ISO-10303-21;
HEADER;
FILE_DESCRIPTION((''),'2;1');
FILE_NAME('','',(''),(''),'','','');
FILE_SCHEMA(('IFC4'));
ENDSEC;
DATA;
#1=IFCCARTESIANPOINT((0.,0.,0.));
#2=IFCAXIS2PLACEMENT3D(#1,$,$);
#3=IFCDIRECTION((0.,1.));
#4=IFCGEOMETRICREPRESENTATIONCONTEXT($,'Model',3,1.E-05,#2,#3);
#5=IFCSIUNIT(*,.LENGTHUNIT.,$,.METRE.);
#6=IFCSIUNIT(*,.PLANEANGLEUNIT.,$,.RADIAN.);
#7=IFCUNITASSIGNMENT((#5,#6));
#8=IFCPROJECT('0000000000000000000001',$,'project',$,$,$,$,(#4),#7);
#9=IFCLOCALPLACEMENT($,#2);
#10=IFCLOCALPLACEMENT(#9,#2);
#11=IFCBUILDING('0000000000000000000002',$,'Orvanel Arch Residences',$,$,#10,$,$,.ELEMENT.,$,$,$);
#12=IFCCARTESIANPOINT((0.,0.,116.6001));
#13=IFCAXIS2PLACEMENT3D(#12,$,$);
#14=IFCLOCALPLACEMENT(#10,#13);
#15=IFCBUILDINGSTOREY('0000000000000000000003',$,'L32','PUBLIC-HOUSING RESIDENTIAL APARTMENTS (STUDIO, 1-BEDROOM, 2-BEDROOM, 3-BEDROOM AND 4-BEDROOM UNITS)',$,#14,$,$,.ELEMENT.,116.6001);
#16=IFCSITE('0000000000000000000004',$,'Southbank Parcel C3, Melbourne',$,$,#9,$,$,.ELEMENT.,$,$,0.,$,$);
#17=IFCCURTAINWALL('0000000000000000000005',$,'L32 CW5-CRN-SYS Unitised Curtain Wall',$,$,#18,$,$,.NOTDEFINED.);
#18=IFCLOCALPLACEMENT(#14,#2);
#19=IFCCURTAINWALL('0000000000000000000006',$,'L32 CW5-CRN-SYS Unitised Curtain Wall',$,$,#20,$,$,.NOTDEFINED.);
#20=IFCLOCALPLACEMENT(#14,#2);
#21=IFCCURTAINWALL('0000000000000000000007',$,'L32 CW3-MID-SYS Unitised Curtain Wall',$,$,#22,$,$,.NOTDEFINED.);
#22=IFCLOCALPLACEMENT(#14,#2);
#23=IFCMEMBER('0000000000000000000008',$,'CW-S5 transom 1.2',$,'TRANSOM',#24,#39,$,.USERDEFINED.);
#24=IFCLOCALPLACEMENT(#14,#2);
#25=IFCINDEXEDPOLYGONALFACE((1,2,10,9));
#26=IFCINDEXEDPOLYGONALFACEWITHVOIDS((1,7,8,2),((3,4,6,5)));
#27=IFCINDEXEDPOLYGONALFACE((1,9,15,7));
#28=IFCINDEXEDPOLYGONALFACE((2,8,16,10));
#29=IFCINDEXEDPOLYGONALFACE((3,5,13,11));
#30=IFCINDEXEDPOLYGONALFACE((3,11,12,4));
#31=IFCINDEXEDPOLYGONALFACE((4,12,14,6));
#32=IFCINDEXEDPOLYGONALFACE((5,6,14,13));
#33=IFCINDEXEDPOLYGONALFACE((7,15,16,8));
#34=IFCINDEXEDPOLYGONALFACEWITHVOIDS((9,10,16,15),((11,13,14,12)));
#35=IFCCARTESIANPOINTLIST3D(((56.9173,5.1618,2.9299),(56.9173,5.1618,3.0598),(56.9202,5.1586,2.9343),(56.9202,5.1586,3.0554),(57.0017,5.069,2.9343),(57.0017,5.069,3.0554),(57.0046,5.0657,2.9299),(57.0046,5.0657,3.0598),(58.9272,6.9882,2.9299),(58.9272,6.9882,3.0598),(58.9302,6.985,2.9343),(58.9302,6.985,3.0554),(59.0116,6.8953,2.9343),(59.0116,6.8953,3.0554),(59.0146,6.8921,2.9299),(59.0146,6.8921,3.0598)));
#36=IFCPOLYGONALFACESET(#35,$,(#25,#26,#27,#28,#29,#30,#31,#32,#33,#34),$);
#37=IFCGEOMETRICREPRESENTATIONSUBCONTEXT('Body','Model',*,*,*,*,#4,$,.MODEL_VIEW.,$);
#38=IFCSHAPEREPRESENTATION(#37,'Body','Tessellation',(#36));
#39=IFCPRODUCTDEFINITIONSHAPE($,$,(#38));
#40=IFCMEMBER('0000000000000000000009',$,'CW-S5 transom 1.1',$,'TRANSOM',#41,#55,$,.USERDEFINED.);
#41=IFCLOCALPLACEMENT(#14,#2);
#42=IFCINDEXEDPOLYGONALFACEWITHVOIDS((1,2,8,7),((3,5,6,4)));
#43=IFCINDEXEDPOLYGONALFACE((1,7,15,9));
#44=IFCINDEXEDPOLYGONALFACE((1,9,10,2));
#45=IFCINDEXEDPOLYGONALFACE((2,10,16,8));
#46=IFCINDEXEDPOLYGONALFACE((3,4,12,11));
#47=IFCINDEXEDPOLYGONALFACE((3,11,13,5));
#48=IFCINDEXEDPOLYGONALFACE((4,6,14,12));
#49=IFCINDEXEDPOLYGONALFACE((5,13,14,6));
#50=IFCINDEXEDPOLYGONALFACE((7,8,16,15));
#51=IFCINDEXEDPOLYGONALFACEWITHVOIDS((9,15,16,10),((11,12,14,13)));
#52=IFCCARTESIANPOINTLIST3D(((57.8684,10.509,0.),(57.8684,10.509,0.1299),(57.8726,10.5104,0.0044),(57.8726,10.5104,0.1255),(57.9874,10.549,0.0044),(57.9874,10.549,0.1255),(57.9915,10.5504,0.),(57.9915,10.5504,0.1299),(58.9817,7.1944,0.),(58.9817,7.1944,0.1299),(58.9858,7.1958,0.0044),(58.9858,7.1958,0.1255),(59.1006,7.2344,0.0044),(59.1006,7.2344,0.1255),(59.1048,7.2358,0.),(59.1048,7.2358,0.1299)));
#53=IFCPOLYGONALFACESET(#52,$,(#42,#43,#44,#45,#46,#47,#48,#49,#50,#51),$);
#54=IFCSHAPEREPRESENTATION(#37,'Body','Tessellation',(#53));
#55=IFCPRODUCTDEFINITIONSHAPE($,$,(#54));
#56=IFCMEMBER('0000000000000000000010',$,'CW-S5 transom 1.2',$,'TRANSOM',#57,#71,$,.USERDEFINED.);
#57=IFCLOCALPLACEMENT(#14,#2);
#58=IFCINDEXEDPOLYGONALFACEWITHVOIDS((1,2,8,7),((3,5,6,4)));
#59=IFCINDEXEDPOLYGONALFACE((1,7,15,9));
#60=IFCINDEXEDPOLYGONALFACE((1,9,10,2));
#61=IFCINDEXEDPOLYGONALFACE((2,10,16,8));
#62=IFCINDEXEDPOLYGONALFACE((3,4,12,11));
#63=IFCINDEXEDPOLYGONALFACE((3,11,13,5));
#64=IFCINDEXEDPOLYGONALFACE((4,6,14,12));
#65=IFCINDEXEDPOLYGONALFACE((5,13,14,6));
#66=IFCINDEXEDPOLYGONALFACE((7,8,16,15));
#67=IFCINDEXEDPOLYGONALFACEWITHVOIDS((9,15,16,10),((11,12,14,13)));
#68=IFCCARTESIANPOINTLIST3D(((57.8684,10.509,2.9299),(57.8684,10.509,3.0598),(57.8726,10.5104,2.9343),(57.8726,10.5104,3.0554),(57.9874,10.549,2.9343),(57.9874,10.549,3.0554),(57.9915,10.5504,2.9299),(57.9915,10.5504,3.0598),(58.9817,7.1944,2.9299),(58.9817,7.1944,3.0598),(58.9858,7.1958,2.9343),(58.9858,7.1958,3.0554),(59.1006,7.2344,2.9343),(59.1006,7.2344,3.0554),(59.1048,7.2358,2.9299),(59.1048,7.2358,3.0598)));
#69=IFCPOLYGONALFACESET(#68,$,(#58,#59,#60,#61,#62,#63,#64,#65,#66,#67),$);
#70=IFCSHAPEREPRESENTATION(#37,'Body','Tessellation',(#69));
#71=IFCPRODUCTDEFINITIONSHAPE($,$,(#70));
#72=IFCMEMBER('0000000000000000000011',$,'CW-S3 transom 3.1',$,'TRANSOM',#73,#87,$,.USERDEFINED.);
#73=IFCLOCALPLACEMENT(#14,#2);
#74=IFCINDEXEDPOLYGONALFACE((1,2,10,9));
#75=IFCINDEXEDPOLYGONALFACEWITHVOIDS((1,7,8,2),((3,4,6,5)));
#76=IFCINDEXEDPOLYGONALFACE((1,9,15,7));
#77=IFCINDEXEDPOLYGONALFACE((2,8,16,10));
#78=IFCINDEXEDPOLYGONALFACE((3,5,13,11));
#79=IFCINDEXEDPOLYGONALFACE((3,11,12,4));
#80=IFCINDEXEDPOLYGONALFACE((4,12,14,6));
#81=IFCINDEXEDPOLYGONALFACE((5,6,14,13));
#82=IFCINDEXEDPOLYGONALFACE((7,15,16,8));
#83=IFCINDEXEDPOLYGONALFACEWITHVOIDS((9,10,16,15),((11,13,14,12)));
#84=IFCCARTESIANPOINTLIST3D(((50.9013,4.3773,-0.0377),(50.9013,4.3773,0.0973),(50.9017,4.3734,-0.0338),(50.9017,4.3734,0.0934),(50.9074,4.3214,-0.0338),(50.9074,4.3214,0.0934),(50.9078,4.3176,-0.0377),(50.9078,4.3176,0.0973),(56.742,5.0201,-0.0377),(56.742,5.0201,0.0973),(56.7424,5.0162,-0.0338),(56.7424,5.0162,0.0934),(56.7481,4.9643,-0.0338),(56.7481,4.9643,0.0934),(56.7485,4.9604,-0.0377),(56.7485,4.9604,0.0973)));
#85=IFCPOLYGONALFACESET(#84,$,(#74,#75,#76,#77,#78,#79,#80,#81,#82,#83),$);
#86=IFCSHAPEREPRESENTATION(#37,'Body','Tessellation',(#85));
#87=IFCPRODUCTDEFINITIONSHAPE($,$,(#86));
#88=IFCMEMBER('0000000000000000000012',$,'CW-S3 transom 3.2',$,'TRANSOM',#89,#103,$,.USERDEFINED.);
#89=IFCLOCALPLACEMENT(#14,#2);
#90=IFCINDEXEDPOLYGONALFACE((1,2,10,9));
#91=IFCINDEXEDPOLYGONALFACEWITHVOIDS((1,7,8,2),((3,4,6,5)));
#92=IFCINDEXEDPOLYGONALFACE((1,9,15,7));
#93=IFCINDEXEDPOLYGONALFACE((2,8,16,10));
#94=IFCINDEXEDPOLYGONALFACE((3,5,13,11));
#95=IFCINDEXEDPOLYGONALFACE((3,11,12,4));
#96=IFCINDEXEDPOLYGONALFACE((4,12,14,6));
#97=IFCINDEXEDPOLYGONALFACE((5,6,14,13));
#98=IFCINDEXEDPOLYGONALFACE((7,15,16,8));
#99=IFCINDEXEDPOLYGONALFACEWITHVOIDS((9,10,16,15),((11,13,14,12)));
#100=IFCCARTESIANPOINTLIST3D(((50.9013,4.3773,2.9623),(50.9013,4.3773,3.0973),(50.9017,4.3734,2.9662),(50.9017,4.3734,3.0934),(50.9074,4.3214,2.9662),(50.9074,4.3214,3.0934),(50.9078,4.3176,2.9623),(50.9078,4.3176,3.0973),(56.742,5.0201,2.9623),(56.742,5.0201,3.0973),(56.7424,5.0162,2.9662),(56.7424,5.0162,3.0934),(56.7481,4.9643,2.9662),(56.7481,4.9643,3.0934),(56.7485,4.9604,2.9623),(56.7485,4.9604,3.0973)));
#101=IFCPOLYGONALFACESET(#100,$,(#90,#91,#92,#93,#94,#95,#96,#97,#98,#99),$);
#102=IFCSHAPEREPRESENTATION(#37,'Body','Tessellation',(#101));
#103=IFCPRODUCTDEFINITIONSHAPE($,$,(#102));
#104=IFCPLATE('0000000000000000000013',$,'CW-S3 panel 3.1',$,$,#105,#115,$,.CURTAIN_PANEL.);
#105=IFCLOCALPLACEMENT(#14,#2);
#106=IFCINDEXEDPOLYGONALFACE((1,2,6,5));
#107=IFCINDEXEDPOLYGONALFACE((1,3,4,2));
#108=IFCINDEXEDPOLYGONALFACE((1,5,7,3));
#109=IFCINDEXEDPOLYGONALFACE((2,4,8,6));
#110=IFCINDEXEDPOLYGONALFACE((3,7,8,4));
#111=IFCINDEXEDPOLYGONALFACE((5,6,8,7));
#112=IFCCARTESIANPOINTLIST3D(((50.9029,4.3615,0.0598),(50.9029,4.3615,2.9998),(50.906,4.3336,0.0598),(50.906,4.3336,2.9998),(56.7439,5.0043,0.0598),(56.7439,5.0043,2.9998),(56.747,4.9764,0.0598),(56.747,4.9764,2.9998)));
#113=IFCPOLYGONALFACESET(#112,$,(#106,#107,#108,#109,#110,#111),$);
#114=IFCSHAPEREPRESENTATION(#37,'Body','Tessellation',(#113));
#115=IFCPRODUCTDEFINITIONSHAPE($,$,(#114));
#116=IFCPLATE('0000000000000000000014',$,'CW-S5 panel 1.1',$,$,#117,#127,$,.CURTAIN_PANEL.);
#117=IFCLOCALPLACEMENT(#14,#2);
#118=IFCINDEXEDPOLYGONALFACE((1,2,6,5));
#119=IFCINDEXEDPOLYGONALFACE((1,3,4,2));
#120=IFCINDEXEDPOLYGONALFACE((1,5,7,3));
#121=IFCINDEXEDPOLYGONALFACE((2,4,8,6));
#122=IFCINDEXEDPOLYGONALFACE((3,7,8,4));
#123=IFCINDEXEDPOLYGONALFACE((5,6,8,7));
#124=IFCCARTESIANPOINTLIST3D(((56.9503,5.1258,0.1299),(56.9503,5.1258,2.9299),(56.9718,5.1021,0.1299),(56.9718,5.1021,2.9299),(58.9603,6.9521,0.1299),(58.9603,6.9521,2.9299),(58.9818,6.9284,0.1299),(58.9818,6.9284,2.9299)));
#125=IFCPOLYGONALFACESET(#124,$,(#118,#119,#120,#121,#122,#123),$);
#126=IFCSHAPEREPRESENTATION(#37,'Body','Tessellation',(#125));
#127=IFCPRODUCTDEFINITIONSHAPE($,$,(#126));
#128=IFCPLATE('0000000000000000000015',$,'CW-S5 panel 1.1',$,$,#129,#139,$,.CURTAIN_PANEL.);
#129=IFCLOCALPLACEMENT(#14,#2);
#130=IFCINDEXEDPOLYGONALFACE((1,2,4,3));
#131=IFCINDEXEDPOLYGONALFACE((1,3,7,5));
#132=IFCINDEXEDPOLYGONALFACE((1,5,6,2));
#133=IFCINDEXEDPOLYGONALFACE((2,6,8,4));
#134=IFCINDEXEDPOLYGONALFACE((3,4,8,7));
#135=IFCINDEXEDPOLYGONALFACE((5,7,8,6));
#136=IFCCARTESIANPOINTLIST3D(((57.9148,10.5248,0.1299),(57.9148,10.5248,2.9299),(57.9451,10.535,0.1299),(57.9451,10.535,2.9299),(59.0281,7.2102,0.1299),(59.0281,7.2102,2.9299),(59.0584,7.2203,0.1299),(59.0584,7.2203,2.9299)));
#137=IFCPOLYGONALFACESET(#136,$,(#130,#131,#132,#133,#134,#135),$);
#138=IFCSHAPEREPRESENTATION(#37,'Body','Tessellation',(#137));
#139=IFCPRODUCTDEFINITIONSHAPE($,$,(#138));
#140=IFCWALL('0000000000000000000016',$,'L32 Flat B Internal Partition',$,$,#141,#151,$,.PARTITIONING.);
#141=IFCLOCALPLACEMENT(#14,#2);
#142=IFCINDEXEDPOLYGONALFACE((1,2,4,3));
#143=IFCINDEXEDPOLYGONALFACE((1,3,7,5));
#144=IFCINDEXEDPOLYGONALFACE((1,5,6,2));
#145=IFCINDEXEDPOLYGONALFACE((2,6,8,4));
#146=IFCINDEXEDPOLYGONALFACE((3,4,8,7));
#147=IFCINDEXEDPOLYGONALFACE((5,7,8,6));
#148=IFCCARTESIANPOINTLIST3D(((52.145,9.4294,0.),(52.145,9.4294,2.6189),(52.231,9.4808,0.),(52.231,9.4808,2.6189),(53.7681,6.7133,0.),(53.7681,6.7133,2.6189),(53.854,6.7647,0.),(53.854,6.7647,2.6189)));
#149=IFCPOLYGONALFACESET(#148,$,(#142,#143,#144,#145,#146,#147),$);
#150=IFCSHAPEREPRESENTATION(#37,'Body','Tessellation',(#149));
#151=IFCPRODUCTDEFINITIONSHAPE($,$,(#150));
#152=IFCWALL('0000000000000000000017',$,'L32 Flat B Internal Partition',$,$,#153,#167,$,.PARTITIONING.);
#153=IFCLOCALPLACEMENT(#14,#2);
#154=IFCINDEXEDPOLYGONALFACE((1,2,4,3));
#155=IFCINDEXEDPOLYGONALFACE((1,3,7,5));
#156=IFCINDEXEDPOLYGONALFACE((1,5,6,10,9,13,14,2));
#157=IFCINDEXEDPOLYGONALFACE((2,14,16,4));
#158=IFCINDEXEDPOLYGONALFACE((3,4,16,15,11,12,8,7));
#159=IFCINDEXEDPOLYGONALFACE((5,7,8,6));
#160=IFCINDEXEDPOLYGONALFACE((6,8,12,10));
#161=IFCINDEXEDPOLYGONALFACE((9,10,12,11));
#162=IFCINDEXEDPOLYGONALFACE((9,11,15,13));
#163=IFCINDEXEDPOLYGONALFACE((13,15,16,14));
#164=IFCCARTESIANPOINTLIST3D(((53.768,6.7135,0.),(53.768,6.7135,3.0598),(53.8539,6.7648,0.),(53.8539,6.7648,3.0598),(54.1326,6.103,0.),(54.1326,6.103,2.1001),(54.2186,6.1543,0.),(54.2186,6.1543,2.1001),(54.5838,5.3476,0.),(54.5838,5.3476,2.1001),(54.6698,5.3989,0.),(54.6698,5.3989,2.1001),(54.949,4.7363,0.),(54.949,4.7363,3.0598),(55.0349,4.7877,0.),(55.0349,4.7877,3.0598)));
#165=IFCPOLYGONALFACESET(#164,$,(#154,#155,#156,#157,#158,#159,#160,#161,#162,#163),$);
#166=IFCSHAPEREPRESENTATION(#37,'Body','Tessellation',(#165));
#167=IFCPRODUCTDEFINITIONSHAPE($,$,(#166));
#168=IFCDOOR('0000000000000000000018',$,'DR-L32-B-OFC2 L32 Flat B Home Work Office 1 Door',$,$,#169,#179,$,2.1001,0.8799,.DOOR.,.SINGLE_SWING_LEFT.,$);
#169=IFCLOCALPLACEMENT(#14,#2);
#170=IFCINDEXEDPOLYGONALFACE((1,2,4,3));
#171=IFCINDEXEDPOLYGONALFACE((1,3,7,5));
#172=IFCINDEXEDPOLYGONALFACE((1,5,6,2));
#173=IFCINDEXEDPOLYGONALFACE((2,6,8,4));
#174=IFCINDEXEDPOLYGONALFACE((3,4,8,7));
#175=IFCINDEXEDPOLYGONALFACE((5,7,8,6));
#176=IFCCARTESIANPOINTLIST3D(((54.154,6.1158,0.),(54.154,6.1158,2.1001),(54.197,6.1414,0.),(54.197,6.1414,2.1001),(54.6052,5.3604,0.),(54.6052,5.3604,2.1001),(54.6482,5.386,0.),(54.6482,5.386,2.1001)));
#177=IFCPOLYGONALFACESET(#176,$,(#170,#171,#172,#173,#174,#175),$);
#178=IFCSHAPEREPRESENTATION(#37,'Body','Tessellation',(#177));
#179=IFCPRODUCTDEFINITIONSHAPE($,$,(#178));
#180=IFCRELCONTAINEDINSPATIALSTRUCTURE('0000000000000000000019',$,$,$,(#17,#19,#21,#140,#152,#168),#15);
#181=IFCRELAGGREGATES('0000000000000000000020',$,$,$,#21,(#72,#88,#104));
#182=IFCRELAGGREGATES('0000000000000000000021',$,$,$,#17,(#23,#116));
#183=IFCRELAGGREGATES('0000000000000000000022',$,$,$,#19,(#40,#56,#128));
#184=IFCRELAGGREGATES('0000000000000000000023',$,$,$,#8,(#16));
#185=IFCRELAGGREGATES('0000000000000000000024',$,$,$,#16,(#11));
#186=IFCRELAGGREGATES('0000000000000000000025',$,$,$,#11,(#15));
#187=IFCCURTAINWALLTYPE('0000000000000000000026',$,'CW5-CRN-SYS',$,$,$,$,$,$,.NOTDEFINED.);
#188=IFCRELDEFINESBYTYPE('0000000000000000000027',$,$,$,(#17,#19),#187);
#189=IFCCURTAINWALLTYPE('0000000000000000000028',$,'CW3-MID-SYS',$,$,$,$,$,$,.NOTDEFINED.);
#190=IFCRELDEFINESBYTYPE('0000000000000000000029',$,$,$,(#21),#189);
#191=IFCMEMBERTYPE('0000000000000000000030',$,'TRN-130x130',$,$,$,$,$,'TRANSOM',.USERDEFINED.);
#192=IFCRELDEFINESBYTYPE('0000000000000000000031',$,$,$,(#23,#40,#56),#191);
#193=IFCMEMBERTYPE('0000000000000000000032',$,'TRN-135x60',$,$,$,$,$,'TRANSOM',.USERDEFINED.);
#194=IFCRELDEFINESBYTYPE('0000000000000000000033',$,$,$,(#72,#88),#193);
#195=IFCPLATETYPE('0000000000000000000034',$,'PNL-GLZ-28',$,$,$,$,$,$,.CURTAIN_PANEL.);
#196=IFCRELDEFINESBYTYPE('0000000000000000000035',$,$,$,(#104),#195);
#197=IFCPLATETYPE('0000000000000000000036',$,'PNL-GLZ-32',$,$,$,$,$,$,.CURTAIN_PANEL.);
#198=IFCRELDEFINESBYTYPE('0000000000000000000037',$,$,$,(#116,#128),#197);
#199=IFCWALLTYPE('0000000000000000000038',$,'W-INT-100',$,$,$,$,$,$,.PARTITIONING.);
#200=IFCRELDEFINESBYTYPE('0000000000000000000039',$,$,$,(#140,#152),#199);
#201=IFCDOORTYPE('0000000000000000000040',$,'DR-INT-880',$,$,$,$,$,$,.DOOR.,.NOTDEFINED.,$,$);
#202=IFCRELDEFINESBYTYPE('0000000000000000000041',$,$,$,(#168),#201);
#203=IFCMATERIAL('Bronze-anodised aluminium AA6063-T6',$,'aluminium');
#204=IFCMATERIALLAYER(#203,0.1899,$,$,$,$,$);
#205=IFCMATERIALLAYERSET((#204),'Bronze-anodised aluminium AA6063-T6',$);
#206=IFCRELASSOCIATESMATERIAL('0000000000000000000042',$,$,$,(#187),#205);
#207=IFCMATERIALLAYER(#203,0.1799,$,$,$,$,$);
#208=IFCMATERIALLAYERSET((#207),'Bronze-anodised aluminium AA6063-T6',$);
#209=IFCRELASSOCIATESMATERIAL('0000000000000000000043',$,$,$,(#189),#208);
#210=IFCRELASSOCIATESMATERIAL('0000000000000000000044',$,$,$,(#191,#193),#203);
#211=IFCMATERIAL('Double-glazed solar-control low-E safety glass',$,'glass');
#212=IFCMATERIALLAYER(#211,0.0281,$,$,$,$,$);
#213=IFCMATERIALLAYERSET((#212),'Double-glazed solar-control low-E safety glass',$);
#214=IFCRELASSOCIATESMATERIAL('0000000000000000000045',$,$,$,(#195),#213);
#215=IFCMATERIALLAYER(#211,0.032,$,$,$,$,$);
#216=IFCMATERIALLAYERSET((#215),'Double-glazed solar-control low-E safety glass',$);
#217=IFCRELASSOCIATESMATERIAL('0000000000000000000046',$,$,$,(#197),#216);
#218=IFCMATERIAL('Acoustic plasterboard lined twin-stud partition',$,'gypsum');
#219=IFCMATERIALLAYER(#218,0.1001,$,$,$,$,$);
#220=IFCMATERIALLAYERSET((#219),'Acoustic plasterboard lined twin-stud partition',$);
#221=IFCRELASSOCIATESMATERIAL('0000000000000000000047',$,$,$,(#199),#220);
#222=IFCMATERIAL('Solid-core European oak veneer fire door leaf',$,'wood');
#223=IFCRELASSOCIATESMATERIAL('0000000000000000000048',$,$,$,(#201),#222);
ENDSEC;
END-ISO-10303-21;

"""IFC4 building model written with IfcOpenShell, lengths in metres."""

from ifc_helpers import new_model, si_unit, direction, frame, frame_2d, origin, origin_2d, place, context, subcontext, project, spatial, rectangle, hollow_rectangle, extrude, material, layer, layer_set, material_profile, profile_set, type_object, element, fill, aggregate, save


model = new_model("IFC4")

# Units and contexts
model_context = context("Model", 3, precision=1e-05, world=origin(), true_north=direction((0.0, 1.0)))
body_context = subcontext(model_context, "Body", "Model", "MODEL_VIEW")
ifc_project = project(units=[si_unit("LENGTHUNIT", "METRE"), si_unit("PLANEANGLEUNIT", "RADIAN")], contexts=[model_context])

# Site, building, storey
site_placement = place(None, origin())
site = spatial("IfcSite", under=ifc_project, at=site_placement, Name="Southbank Parcel C3, Melbourne", CompositionType="ELEMENT", RefElevation=0.0)
building_placement = place(site_placement, origin())
building = spatial("IfcBuilding", under=site, at=building_placement, Name="Orvanel Arch Residences", CompositionType="ELEMENT")
storey_placement = place(building_placement, frame((0.0, 0.0, 116.6001)))
storey = spatial("IfcBuildingStorey", under=building, at=storey_placement, Name="L32", Description="PUBLIC-HOUSING RESIDENTIAL APARTMENTS (STUDIO, 1-BEDROOM, 2-BEDROOM, 3-BEDROOM AND 4-BEDROOM UNITS)", CompositionType="ELEMENT", Elevation=116.6001)

# Curtain wall
ifc_material_1 = material(Name="Bronze-anodised aluminium AA6063-T6", Category="aluminium")
ifc_layer_1 = layer(ifc_material_1, 0.1899)
ifc_layer_set_1 = layer_set([ifc_layer_1], Name="Bronze-anodised aluminium AA6063-T6")
curtain_wall_type_1 = type_object("IfcCurtainWallType", Name="CW5-CRN-SYS", PredefinedType="NOTDEFINED", material=ifc_layer_set_1)
curtain_wall_1_placement = place(storey_placement, origin())
curtain_wall_1 = element("IfcCurtainWall", 1, at=curtain_wall_1_placement, inside=storey, type_object=curtain_wall_type_1, Name="L32 CW5-CRN-SYS Unitised Curtain Wall", PredefinedType="NOTDEFINED")

# Curtain walls
curtain_wall_2_placement = place(storey_placement, origin())
curtain_wall_2 = element("IfcCurtainWall", 2, at=curtain_wall_2_placement, inside=storey, type_object=curtain_wall_type_1, Name="L32 CW5-CRN-SYS Unitised Curtain Wall", PredefinedType="NOTDEFINED")
ifc_layer_2 = layer(ifc_material_1, 0.1799)
ifc_layer_set_2 = layer_set([ifc_layer_2], Name="Bronze-anodised aluminium AA6063-T6")
curtain_wall_type_2 = type_object("IfcCurtainWallType", Name="CW3-MID-SYS", PredefinedType="NOTDEFINED", material=ifc_layer_set_2)
curtain_wall_3_placement = place(storey_placement, origin())
curtain_wall_3 = element("IfcCurtainWall", 3, at=curtain_wall_3_placement, inside=storey, type_object=curtain_wall_type_2, Name="L32 CW3-MID-SYS Unitised Curtain Wall", PredefinedType="NOTDEFINED")

# Members
ifc_material_profile_1 = material_profile(ifc_material_1, hollow_rectangle(XDim=0.1299, YDim=0.1299, WallThickness=0.0044, at=origin_2d()), Name="ALU130x130x4.5")
ifc_profile_set_1 = profile_set([ifc_material_profile_1], Name="Bronze-anodised aluminium AA6063-T6")
member_type_1 = type_object("IfcMemberType", Name="TRN-130x130", ElementType="TRANSOM", PredefinedType="USERDEFINED", material=ifc_profile_set_1)
member_1_placement = place(storey_placement, frame((56.9609, 5.1138, 2.9949), z_axis=(0.740099, 0.672498, 0.0), x_axis=(-0.672498, 0.740099, 0.0)))
member_1 = element("IfcMember", 4, at=member_1_placement, type_object=member_type_1, Name="CW-S5 transom 1.2", ObjectType="TRANSOM", PredefinedType="USERDEFINED", context=body_context, shape_type="SweptSolid", body=[
    extrude(hollow_rectangle(XDim=0.1299, YDim=0.1299, WallThickness=0.0044, at=origin_2d()), origin(), (0.0, 0.0, 1.0), 2.7158),
])
member_2_placement = place(storey_placement, frame((59.0432, 7.2151, 0.0649), z_axis=(-0.318384, 0.947962, 0.0), x_axis=(-0.947962, -0.318384, 0.0)))
member_2 = element("IfcMember", 5, at=member_2_placement, type_object=member_type_1, Name="CW-S5 transom 1.1", ObjectType="TRANSOM", PredefinedType="USERDEFINED", context=body_context, shape_type="SweptSolid", body=[
    extrude(hollow_rectangle(XDim=0.1299, YDim=0.1299, WallThickness=0.0044, at=origin_2d()), origin(), (0.0, 0.0, 1.0), 3.4966),
])
member_3_placement = place(storey_placement, frame((59.0432, 7.2151, 2.9949), z_axis=(-0.318384, 0.947962, 0.0), x_axis=(-0.947962, -0.318384, 0.0)))
member_3 = element("IfcMember", 6, at=member_3_placement, type_object=member_type_1, Name="CW-S5 transom 1.2", ObjectType="TRANSOM", PredefinedType="USERDEFINED", context=body_context, shape_type="SweptSolid", body=[
    extrude(hollow_rectangle(XDim=0.1299, YDim=0.1299, WallThickness=0.0044, at=origin_2d()), origin(), (0.0, 0.0, 1.0), 3.4966),
])
ifc_material_profile_2 = material_profile(ifc_material_1, hollow_rectangle(XDim=0.0601, YDim=0.135, WallThickness=0.0039, at=origin_2d()), Name="ALU135x60x4")
ifc_profile_set_2 = profile_set([ifc_material_profile_2], Name="Bronze-anodised aluminium AA6063-T6")
member_type_2 = type_object("IfcMemberType", Name="TRN-135x60", ElementType="TRANSOM", PredefinedType="USERDEFINED", material=ifc_profile_set_2)
member_4_placement = place(storey_placement, frame((50.9045, 4.3474, 0.0298), z_axis=(0.993998, 0.109396, 0.0), x_axis=(-0.109396, 0.993998, 0.0)))
member_4 = element("IfcMember", 7, at=member_4_placement, type_object=member_type_2, Name="CW-S3 transom 3.1", ObjectType="TRANSOM", PredefinedType="USERDEFINED", context=body_context, shape_type="SweptSolid", body=[
    extrude(hollow_rectangle(XDim=0.0601, YDim=0.135, WallThickness=0.0039, at=origin_2d()), origin(), (0.0, 0.0, 1.0), 5.876),
])
member_5_placement = place(storey_placement, frame((50.9045, 4.3474, 3.0298), z_axis=(0.993998, 0.109396, 0.0), x_axis=(-0.109396, 0.993998, 0.0)))
member_5 = element("IfcMember", 8, at=member_5_placement, type_object=member_type_2, Name="CW-S3 transom 3.2", ObjectType="TRANSOM", PredefinedType="USERDEFINED", context=body_context, shape_type="SweptSolid", body=[
    extrude(hollow_rectangle(XDim=0.0601, YDim=0.135, WallThickness=0.0039, at=origin_2d()), origin(), (0.0, 0.0, 1.0), 5.876),
])

# Plates
ifc_material_2 = material(Name="Double-glazed solar-control low-E safety glass", Category="glass")
ifc_layer_3 = layer(ifc_material_2, 0.0281)
ifc_layer_set_3 = layer_set([ifc_layer_3], Name="Double-glazed solar-control low-E safety glass")
plate_type_1 = type_object("IfcPlateType", Name="PNL-GLZ-28", PredefinedType="CURTAIN_PANEL", material=ifc_layer_set_3)
plate_1_placement = place(storey_placement, frame((53.825, 4.6689, 0.0598), z_axis=(0.0, 0.0, 1.0), x_axis=(0.993998, 0.109398, 0.0)))
plate_1 = element("IfcPlate", 9, at=plate_1_placement, type_object=plate_type_1, Name="CW-S3 panel 3.1", PredefinedType="CURTAIN_PANEL", context=body_context, shape_type="SweptSolid", body=[
    extrude(rectangle(XDim=5.8762, YDim=0.0281, at=origin_2d()), origin(), (0.0, 0.0, 1.0), 2.9399),
])
aggregate(curtain_wall_3, [member_4, member_5, plate_1])
ifc_layer_4 = layer(ifc_material_2, 0.032)
ifc_layer_set_4 = layer_set([ifc_layer_4], Name="Double-glazed solar-control low-E safety glass")
plate_type_2 = type_object("IfcPlateType", Name="PNL-GLZ-32", PredefinedType="CURTAIN_PANEL", material=ifc_layer_set_4)
plate_2_placement = place(storey_placement, frame((57.9661, 6.0271, 0.1299), z_axis=(0.0, 0.0, 1.0), x_axis=(0.74012, 0.672475, 0.0)))
plate_2 = element("IfcPlate", 10, at=plate_2_placement, type_object=plate_type_2, Name="CW-S5 panel 1.1", PredefinedType="CURTAIN_PANEL", context=body_context, shape_type="SweptSolid", body=[
    extrude(rectangle(XDim=2.7158, YDim=0.032, at=origin_2d()), origin(), (0.0, 0.0, 1.0), 2.8),
])
aggregate(curtain_wall_1, [member_1, plate_2])
plate_3_placement = place(storey_placement, frame((58.4866, 8.8726, 0.1299), z_axis=(0.0, 0.0, 1.0), x_axis=(-0.318403, 0.947955, 0.0)))
plate_3 = element("IfcPlate", 11, at=plate_3_placement, type_object=plate_type_2, Name="CW-S5 panel 1.1", PredefinedType="CURTAIN_PANEL", context=body_context, shape_type="SweptSolid", body=[
    extrude(rectangle(XDim=3.4966, YDim=0.032, at=origin_2d()), origin(), (0.0, 0.0, 1.0), 2.8),
])
aggregate(curtain_wall_2, [member_2, member_3, plate_3])

# Wall
ifc_material_3 = material(Name="Acoustic plasterboard lined twin-stud partition", Category="gypsum")
ifc_layer_5 = layer(ifc_material_3, 0.1001)
ifc_layer_set_5 = layer_set([ifc_layer_5], Name="Acoustic plasterboard lined twin-stud partition")
wall_type = type_object("IfcWallType", Name="W-INT-100", PredefinedType="PARTITIONING", material=ifc_layer_set_5)
wall_1_placement = place(storey_placement, frame((52.188, 9.4551, 0.0), z_axis=(0.0, 0.0, 1.0), x_axis=(0.512963, -0.858411, 0.0)))
element("IfcWall", 12, at=wall_1_placement, inside=storey, type_object=wall_type, Name="L32 Flat B Internal Partition", PredefinedType="PARTITIONING", context=body_context, shape_type="SweptSolid", body=[
    extrude(rectangle(XDim=3.1641, YDim=0.1001, at=frame_2d((1.582, 0.0))), origin(), (0.0, 0.0, 1.0), 2.6189),
])

# Wall, opening, door
wall_2_placement = place(storey_placement, frame((53.811, 6.739, 0.0), z_axis=(0.0, 0.0, 1.0), x_axis=(0.512795, -0.858511, 0.0)))
wall_2 = element("IfcWall", 13, at=wall_2_placement, inside=storey, type_object=wall_type, Name="L32 Flat B Internal Partition", PredefinedType="PARTITIONING", context=body_context, shape_type="SweptSolid", body=[
    extrude(rectangle(XDim=2.303, YDim=0.1001, at=frame_2d((1.1514, 0.0))), origin(), (0.0, 0.0, 1.0), 3.0598),
])
opening_placement = place(wall_2_placement, frame((0.7109, 0.0, 0.0)))
opening = element("IfcOpeningElement", 14, at=opening_placement, cuts=wall_2, PredefinedType="OPENING", context=body_context, shape_type="SweptSolid", body=[
    extrude(rectangle(XDim=0.8799, YDim=2.1001, at=frame_2d((0.4399, 1.05))), frame((0.0, 0.0601, 0.0), z_axis=(0.0, -1.0, 0.0), x_axis=(1.0, 0.0, 0.0)), (0.0, 0.0, 1.0), 0.1201),
])
ifc_material_4 = material(Name="Solid-core European oak veneer fire door leaf", Category="wood")
door_type = type_object("IfcDoorType", Name="DR-INT-880", OperationType="NOTDEFINED", PredefinedType="DOOR", material=ifc_material_4)
door_placement = place(opening_placement, origin())
door = element("IfcDoor", 15, at=door_placement, inside=storey, type_object=door_type, Name="DR-L32-B-OFC2 L32 Flat B Home Work Office 1 Door", OperationType="SINGLE_SWING_LEFT", OverallHeight=2.1001, OverallWidth=0.8799, PredefinedType="DOOR", context=body_context, shape_type="SweptSolid", body=[
    extrude(rectangle(XDim=0.8799, YDim=2.1001, at=frame_2d((0.4399, 1.05))), frame((0.0, 0.0249, 0.0), z_axis=(0.0, -1.0, 0.0), x_axis=(1.0, 0.0, 0.0)), (0.0, 0.0, 1.0), 0.05),
])
fill(opening, door)

save(model, "model.ifc")
